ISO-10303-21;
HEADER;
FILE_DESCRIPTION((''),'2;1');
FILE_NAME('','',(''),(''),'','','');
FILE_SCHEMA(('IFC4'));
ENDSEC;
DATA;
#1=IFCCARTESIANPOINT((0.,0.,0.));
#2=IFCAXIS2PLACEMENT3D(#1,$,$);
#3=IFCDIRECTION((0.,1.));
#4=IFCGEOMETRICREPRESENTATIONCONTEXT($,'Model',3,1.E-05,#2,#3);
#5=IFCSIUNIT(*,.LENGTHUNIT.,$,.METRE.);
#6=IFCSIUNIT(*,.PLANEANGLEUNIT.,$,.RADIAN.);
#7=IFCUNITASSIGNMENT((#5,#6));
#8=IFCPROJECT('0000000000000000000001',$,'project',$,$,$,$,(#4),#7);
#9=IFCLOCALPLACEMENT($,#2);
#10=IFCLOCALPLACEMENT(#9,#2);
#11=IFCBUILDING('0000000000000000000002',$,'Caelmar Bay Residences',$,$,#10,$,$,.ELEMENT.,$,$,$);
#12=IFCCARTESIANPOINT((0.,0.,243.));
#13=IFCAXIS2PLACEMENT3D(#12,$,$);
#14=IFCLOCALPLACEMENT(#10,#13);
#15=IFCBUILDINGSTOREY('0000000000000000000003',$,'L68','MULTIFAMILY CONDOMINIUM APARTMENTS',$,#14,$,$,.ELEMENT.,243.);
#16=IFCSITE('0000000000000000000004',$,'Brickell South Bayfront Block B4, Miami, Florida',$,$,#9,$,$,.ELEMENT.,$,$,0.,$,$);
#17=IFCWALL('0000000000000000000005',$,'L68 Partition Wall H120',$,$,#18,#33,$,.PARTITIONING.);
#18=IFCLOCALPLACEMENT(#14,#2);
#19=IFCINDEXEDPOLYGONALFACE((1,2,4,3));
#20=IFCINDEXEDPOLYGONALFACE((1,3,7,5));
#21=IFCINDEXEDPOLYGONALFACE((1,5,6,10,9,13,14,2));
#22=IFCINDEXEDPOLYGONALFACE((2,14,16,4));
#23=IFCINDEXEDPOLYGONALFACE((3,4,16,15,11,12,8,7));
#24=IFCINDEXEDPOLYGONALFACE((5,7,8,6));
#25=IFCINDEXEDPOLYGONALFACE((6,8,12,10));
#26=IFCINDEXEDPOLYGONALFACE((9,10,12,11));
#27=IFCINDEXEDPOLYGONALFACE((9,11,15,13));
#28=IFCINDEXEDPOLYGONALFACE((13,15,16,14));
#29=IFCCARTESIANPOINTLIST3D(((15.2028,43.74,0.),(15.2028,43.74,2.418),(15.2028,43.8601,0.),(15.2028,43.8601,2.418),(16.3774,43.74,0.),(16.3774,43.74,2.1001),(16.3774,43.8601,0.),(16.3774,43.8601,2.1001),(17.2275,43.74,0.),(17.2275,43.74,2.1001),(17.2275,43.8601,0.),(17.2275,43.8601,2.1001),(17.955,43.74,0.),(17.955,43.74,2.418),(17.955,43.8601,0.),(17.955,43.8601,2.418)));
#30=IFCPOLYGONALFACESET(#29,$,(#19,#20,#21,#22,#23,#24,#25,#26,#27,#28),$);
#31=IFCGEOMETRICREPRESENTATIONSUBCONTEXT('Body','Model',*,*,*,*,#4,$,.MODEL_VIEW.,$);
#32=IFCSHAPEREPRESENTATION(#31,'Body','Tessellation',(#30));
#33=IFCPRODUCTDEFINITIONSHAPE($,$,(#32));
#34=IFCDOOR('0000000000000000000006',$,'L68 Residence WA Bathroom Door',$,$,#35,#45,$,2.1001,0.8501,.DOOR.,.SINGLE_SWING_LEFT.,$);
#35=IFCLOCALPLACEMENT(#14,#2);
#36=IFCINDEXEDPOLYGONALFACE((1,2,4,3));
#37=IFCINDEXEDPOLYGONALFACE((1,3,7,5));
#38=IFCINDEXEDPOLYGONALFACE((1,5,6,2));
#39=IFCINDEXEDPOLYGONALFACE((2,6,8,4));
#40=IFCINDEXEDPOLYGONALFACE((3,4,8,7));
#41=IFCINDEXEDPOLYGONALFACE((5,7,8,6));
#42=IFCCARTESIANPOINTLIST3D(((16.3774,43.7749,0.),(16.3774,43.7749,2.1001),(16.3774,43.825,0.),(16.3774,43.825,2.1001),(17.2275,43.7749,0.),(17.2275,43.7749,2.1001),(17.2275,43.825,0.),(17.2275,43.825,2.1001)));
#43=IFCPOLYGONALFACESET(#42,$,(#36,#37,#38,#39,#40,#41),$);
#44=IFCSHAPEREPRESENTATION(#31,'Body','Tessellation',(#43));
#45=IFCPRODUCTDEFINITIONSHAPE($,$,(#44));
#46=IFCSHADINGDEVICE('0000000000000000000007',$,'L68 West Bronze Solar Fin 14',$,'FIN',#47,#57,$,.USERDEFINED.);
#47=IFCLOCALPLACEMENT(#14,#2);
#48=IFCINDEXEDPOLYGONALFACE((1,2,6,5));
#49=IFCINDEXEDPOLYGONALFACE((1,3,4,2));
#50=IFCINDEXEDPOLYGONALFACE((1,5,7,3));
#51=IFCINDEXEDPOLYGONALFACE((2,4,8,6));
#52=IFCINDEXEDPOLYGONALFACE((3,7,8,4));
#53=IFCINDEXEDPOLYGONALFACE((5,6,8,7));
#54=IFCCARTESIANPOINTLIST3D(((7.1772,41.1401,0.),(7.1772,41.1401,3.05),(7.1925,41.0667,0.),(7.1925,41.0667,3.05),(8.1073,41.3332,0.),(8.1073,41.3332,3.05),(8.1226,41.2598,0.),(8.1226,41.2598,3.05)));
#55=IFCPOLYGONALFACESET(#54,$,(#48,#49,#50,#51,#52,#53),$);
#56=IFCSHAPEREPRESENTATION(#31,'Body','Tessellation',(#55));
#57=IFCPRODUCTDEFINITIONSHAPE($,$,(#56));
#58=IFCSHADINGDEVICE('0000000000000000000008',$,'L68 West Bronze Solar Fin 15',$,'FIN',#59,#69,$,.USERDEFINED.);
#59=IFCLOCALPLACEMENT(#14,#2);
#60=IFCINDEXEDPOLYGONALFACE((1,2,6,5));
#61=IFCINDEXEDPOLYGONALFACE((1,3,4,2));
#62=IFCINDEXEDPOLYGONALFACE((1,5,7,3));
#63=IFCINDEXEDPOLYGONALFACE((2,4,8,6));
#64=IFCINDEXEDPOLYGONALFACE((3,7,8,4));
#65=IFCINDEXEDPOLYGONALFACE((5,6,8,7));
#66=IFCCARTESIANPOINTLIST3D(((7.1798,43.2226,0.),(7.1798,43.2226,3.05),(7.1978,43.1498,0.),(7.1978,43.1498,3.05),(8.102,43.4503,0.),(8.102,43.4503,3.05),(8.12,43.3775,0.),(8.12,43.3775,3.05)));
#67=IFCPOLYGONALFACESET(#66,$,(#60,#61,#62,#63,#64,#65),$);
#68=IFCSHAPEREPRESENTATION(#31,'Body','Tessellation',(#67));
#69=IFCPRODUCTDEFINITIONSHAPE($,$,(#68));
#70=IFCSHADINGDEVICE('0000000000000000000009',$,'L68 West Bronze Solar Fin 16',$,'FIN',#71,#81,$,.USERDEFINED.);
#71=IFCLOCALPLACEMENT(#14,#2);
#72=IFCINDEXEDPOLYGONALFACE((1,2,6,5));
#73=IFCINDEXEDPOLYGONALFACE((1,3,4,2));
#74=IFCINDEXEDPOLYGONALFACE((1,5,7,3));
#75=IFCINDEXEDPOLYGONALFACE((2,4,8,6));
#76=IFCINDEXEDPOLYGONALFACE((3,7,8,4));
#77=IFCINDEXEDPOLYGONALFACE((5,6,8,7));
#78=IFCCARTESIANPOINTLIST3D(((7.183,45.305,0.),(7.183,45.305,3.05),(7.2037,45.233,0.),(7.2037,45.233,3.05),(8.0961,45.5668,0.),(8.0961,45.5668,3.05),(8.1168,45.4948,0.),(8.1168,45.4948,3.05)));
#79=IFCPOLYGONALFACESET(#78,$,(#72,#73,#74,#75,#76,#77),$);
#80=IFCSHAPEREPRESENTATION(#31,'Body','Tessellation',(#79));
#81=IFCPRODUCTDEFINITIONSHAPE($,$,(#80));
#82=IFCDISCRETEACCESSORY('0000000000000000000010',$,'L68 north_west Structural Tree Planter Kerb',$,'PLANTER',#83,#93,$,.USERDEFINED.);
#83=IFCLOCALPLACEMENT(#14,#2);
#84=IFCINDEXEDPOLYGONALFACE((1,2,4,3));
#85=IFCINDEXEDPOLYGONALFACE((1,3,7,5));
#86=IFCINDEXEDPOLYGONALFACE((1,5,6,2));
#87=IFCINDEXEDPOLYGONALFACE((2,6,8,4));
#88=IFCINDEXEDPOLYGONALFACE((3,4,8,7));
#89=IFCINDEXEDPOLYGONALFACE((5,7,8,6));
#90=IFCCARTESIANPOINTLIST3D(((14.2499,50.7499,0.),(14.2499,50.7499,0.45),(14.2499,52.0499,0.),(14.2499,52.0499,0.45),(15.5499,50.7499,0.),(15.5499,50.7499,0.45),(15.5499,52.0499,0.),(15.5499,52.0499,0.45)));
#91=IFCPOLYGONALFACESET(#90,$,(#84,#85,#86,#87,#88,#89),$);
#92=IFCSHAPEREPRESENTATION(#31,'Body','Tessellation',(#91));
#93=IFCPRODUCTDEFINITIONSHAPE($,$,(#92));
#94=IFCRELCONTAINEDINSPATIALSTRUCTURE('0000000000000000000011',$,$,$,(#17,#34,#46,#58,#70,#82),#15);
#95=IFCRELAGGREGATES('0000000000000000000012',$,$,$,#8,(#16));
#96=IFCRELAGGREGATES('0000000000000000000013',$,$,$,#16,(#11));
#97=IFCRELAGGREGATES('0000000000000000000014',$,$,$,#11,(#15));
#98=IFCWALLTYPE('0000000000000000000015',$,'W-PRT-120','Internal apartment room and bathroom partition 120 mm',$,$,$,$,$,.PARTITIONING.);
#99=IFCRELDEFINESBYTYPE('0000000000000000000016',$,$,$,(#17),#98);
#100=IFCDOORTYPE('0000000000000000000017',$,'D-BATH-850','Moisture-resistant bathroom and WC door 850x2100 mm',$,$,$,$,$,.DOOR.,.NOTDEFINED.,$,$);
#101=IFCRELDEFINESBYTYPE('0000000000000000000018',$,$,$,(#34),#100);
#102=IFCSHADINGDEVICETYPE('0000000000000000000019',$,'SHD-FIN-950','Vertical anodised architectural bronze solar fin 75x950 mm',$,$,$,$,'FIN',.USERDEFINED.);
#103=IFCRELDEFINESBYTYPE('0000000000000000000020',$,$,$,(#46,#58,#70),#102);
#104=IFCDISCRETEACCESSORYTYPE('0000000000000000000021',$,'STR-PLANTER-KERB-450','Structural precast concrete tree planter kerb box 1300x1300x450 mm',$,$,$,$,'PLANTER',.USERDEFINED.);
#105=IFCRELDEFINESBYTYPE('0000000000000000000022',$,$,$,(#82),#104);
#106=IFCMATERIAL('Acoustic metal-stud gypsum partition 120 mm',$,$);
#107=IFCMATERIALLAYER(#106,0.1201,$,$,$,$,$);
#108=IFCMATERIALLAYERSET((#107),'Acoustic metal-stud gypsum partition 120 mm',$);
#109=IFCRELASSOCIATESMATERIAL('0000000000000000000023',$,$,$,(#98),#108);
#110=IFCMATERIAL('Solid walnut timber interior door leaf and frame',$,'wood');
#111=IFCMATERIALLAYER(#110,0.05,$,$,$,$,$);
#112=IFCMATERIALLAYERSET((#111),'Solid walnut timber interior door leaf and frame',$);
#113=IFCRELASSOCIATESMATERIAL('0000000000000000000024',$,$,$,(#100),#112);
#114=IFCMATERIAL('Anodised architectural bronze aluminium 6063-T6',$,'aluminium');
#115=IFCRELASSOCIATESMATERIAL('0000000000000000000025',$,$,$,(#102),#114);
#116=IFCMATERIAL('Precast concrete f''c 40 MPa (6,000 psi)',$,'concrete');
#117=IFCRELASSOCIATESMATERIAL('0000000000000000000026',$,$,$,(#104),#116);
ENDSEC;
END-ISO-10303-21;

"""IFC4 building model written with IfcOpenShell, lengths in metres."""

from ifc_helpers import new_model, si_unit, direction, frame, frame_2d, origin, origin_2d, place, context, subcontext, project, spatial, rectangle, extrude, material, layer, layer_set, material_profile, profile_set, type_object, element, fill, save


model = new_model("IFC4")

# Units and contexts
model_context = context("Model", 3, precision=1e-05, world=origin(), true_north=direction((0.0, 1.0)))
body_context = subcontext(model_context, "Body", "Model", "MODEL_VIEW")
ifc_project = project(units=[si_unit("LENGTHUNIT", "METRE"), si_unit("PLANEANGLEUNIT", "RADIAN")], contexts=[model_context])

# Site, building, storey
site_placement = place(None, origin())
site = spatial("IfcSite", under=ifc_project, at=site_placement, Name="Brickell South Bayfront Block B4, Miami, Florida", CompositionType="ELEMENT", RefElevation=0.0)
building_placement = place(site_placement, origin())
building = spatial("IfcBuilding", under=site, at=building_placement, Name="Caelmar Bay Residences", CompositionType="ELEMENT")
storey_placement = place(building_placement, frame((0.0, 0.0, 243.0)))
storey = spatial("IfcBuildingStorey", under=building, at=storey_placement, Name="L68", Description="MULTIFAMILY CONDOMINIUM APARTMENTS", CompositionType="ELEMENT", Elevation=243.0)

# Shared definitions
ifc_material_1 = material(Name="Precast concrete f'c 40 MPa (6,000 psi)", Category="concrete")

# Wall, opening, door
ifc_material_2 = material(Name="Acoustic metal-stud gypsum partition 120 mm")
ifc_layer_1 = layer(ifc_material_2, 0.1201)
ifc_layer_set_1 = layer_set([ifc_layer_1], Name="Acoustic metal-stud gypsum partition 120 mm")
wall_type_1 = type_object("IfcWallType", Name="W-PRT-120", Description="Internal apartment room and bathroom partition 120 mm", PredefinedType="PARTITIONING", material=ifc_layer_set_1)
ifc_material_3 = material(Name="Solid walnut timber interior door leaf and frame", Category="wood")
wall_1_placement = place(storey_placement, frame((15.2029, 43.8, 0.0), z_axis=(0.0, 0.0, 1.0), x_axis=(1.0, 0.0, 0.0)))
wall_1 = element("IfcWall", 1, at=wall_1_placement, inside=storey, type_object=wall_type_1, Name="L68 Partition Wall H120", PredefinedType="PARTITIONING", context=body_context, shape_type="SweptSolid", body=[
    extrude(rectangle(XDim=2.7522, YDim=0.1201, at=frame_2d((1.376, 0.0))), origin(), (0.0, 0.0, 1.0), 2.418),
])
opening_1_placement = place(wall_1_placement, frame((1.1746, 0.0, 0.0)))
opening_1 = element("IfcOpeningElement", 2, at=opening_1_placement, cuts=wall_1, PredefinedType="OPENING", context=body_context, shape_type="SweptSolid", body=[
    extrude(rectangle(XDim=0.8501, YDim=2.1001, at=frame_2d((0.425, 1.05))), frame((0.0, 0.0701, 0.0), z_axis=(0.0, -1.0, 0.0), x_axis=(1.0, 0.0, 0.0)), (0.0, 0.0, 1.0), 0.1401),
])
ifc_layer_2 = layer(ifc_material_3, 0.05)
ifc_layer_set_2 = layer_set([ifc_layer_2], Name="Solid walnut timber interior door leaf and frame")
door_type_1 = type_object("IfcDoorType", Name="D-BATH-850", Description="Moisture-resistant bathroom and WC door 850x2100 mm", OperationType="NOTDEFINED", PredefinedType="DOOR", material=ifc_layer_set_2)
door_1_placement = place(opening_1_placement, origin())
door_1 = element("IfcDoor", 3, at=door_1_placement, inside=storey, type_object=door_type_1, Name="L68 Residence WA Bathroom Door", OperationType="SINGLE_SWING_LEFT", OverallHeight=2.1001, OverallWidth=0.8501, PredefinedType="DOOR", context=body_context, shape_type="SweptSolid", body=[
    extrude(rectangle(XDim=0.8501, YDim=2.1001, at=frame_2d((0.425, 1.05))), frame((0.0, 0.0249, 0.0), z_axis=(0.0, -1.0, 0.0), x_axis=(1.0, 0.0, 0.0)), (0.0, 0.0, 1.0), 0.05),
])
fill(opening_1, door_1)

# Shading devices
ifc_material_4 = material(Name="Anodised architectural bronze aluminium 6063-T6", Category="aluminium")
ifc_material_profile_1 = material_profile(ifc_material_4, rectangle(XDim=0.075, YDim=0.95, at=origin_2d()), Name="BRONZE-FIN-75X950")
ifc_profile_set_1 = profile_set([ifc_material_profile_1], Name="Anodised architectural bronze aluminium 6063-T6")
shading_device_type = type_object("IfcShadingDeviceType", Name="SHD-FIN-950", Description="Vertical anodised architectural bronze solar fin 75x950 mm", ElementType="FIN", PredefinedType="USERDEFINED", material=ifc_profile_set_1)
for number, where, z_axis, x_axis, name in (
    (4, (7.6499, 41.2, 0.0), (0.0, 0.0, 1.0), (-0.2033, 0.979116, 0.0), "L68 West Bronze Solar Fin 14"),
    (5, (7.6499, 43.3, 0.0), (0.0, 0.0, 1.0), (-0.23972, 0.970842, 0.0), "L68 West Bronze Solar Fin 15"),
    (6, (7.6499, 45.3999, 0.0), (0.0, 0.0, 1.0), (-0.275637, 0.961262, 0.0), "L68 West Bronze Solar Fin 16"),
):
    element("IfcShadingDevice", number, at=place(storey_placement, frame(where, z_axis=z_axis, x_axis=x_axis)), inside=storey, type_object=shading_device_type, Name=name, ObjectType="FIN", PredefinedType="USERDEFINED", context=body_context, shape_type="SweptSolid", body=[
        extrude(rectangle(XDim=0.075, YDim=0.95, at=origin_2d()), origin(), (0.0, 0.0, 1.0), 3.05),
    ])

# Discrete accessory
discrete_accessory_type = type_object("IfcDiscreteAccessoryType", Name="STR-PLANTER-KERB-450", Description="Structural precast concrete tree planter kerb box 1300x1300x450 mm", ElementType="PLANTER", PredefinedType="USERDEFINED", material=ifc_material_1)
discrete_accessory_placement = place(storey_placement, frame((14.8999, 51.3999, 0.0), z_axis=(0.0, 0.0, 1.0), x_axis=(1.0, 0.0, 0.0)))
element("IfcDiscreteAccessory", 7, at=discrete_accessory_placement, inside=storey, type_object=discrete_accessory_type, Name="L68 north_west Structural Tree Planter Kerb", ObjectType="PLANTER", PredefinedType="USERDEFINED", context=body_context, shape_type="SweptSolid", body=[
    extrude(rectangle(XDim=1.3, YDim=1.3, at=origin_2d()), origin(), (0.0, 0.0, 1.0), 0.45),
])

save(model, "model.ifc")
